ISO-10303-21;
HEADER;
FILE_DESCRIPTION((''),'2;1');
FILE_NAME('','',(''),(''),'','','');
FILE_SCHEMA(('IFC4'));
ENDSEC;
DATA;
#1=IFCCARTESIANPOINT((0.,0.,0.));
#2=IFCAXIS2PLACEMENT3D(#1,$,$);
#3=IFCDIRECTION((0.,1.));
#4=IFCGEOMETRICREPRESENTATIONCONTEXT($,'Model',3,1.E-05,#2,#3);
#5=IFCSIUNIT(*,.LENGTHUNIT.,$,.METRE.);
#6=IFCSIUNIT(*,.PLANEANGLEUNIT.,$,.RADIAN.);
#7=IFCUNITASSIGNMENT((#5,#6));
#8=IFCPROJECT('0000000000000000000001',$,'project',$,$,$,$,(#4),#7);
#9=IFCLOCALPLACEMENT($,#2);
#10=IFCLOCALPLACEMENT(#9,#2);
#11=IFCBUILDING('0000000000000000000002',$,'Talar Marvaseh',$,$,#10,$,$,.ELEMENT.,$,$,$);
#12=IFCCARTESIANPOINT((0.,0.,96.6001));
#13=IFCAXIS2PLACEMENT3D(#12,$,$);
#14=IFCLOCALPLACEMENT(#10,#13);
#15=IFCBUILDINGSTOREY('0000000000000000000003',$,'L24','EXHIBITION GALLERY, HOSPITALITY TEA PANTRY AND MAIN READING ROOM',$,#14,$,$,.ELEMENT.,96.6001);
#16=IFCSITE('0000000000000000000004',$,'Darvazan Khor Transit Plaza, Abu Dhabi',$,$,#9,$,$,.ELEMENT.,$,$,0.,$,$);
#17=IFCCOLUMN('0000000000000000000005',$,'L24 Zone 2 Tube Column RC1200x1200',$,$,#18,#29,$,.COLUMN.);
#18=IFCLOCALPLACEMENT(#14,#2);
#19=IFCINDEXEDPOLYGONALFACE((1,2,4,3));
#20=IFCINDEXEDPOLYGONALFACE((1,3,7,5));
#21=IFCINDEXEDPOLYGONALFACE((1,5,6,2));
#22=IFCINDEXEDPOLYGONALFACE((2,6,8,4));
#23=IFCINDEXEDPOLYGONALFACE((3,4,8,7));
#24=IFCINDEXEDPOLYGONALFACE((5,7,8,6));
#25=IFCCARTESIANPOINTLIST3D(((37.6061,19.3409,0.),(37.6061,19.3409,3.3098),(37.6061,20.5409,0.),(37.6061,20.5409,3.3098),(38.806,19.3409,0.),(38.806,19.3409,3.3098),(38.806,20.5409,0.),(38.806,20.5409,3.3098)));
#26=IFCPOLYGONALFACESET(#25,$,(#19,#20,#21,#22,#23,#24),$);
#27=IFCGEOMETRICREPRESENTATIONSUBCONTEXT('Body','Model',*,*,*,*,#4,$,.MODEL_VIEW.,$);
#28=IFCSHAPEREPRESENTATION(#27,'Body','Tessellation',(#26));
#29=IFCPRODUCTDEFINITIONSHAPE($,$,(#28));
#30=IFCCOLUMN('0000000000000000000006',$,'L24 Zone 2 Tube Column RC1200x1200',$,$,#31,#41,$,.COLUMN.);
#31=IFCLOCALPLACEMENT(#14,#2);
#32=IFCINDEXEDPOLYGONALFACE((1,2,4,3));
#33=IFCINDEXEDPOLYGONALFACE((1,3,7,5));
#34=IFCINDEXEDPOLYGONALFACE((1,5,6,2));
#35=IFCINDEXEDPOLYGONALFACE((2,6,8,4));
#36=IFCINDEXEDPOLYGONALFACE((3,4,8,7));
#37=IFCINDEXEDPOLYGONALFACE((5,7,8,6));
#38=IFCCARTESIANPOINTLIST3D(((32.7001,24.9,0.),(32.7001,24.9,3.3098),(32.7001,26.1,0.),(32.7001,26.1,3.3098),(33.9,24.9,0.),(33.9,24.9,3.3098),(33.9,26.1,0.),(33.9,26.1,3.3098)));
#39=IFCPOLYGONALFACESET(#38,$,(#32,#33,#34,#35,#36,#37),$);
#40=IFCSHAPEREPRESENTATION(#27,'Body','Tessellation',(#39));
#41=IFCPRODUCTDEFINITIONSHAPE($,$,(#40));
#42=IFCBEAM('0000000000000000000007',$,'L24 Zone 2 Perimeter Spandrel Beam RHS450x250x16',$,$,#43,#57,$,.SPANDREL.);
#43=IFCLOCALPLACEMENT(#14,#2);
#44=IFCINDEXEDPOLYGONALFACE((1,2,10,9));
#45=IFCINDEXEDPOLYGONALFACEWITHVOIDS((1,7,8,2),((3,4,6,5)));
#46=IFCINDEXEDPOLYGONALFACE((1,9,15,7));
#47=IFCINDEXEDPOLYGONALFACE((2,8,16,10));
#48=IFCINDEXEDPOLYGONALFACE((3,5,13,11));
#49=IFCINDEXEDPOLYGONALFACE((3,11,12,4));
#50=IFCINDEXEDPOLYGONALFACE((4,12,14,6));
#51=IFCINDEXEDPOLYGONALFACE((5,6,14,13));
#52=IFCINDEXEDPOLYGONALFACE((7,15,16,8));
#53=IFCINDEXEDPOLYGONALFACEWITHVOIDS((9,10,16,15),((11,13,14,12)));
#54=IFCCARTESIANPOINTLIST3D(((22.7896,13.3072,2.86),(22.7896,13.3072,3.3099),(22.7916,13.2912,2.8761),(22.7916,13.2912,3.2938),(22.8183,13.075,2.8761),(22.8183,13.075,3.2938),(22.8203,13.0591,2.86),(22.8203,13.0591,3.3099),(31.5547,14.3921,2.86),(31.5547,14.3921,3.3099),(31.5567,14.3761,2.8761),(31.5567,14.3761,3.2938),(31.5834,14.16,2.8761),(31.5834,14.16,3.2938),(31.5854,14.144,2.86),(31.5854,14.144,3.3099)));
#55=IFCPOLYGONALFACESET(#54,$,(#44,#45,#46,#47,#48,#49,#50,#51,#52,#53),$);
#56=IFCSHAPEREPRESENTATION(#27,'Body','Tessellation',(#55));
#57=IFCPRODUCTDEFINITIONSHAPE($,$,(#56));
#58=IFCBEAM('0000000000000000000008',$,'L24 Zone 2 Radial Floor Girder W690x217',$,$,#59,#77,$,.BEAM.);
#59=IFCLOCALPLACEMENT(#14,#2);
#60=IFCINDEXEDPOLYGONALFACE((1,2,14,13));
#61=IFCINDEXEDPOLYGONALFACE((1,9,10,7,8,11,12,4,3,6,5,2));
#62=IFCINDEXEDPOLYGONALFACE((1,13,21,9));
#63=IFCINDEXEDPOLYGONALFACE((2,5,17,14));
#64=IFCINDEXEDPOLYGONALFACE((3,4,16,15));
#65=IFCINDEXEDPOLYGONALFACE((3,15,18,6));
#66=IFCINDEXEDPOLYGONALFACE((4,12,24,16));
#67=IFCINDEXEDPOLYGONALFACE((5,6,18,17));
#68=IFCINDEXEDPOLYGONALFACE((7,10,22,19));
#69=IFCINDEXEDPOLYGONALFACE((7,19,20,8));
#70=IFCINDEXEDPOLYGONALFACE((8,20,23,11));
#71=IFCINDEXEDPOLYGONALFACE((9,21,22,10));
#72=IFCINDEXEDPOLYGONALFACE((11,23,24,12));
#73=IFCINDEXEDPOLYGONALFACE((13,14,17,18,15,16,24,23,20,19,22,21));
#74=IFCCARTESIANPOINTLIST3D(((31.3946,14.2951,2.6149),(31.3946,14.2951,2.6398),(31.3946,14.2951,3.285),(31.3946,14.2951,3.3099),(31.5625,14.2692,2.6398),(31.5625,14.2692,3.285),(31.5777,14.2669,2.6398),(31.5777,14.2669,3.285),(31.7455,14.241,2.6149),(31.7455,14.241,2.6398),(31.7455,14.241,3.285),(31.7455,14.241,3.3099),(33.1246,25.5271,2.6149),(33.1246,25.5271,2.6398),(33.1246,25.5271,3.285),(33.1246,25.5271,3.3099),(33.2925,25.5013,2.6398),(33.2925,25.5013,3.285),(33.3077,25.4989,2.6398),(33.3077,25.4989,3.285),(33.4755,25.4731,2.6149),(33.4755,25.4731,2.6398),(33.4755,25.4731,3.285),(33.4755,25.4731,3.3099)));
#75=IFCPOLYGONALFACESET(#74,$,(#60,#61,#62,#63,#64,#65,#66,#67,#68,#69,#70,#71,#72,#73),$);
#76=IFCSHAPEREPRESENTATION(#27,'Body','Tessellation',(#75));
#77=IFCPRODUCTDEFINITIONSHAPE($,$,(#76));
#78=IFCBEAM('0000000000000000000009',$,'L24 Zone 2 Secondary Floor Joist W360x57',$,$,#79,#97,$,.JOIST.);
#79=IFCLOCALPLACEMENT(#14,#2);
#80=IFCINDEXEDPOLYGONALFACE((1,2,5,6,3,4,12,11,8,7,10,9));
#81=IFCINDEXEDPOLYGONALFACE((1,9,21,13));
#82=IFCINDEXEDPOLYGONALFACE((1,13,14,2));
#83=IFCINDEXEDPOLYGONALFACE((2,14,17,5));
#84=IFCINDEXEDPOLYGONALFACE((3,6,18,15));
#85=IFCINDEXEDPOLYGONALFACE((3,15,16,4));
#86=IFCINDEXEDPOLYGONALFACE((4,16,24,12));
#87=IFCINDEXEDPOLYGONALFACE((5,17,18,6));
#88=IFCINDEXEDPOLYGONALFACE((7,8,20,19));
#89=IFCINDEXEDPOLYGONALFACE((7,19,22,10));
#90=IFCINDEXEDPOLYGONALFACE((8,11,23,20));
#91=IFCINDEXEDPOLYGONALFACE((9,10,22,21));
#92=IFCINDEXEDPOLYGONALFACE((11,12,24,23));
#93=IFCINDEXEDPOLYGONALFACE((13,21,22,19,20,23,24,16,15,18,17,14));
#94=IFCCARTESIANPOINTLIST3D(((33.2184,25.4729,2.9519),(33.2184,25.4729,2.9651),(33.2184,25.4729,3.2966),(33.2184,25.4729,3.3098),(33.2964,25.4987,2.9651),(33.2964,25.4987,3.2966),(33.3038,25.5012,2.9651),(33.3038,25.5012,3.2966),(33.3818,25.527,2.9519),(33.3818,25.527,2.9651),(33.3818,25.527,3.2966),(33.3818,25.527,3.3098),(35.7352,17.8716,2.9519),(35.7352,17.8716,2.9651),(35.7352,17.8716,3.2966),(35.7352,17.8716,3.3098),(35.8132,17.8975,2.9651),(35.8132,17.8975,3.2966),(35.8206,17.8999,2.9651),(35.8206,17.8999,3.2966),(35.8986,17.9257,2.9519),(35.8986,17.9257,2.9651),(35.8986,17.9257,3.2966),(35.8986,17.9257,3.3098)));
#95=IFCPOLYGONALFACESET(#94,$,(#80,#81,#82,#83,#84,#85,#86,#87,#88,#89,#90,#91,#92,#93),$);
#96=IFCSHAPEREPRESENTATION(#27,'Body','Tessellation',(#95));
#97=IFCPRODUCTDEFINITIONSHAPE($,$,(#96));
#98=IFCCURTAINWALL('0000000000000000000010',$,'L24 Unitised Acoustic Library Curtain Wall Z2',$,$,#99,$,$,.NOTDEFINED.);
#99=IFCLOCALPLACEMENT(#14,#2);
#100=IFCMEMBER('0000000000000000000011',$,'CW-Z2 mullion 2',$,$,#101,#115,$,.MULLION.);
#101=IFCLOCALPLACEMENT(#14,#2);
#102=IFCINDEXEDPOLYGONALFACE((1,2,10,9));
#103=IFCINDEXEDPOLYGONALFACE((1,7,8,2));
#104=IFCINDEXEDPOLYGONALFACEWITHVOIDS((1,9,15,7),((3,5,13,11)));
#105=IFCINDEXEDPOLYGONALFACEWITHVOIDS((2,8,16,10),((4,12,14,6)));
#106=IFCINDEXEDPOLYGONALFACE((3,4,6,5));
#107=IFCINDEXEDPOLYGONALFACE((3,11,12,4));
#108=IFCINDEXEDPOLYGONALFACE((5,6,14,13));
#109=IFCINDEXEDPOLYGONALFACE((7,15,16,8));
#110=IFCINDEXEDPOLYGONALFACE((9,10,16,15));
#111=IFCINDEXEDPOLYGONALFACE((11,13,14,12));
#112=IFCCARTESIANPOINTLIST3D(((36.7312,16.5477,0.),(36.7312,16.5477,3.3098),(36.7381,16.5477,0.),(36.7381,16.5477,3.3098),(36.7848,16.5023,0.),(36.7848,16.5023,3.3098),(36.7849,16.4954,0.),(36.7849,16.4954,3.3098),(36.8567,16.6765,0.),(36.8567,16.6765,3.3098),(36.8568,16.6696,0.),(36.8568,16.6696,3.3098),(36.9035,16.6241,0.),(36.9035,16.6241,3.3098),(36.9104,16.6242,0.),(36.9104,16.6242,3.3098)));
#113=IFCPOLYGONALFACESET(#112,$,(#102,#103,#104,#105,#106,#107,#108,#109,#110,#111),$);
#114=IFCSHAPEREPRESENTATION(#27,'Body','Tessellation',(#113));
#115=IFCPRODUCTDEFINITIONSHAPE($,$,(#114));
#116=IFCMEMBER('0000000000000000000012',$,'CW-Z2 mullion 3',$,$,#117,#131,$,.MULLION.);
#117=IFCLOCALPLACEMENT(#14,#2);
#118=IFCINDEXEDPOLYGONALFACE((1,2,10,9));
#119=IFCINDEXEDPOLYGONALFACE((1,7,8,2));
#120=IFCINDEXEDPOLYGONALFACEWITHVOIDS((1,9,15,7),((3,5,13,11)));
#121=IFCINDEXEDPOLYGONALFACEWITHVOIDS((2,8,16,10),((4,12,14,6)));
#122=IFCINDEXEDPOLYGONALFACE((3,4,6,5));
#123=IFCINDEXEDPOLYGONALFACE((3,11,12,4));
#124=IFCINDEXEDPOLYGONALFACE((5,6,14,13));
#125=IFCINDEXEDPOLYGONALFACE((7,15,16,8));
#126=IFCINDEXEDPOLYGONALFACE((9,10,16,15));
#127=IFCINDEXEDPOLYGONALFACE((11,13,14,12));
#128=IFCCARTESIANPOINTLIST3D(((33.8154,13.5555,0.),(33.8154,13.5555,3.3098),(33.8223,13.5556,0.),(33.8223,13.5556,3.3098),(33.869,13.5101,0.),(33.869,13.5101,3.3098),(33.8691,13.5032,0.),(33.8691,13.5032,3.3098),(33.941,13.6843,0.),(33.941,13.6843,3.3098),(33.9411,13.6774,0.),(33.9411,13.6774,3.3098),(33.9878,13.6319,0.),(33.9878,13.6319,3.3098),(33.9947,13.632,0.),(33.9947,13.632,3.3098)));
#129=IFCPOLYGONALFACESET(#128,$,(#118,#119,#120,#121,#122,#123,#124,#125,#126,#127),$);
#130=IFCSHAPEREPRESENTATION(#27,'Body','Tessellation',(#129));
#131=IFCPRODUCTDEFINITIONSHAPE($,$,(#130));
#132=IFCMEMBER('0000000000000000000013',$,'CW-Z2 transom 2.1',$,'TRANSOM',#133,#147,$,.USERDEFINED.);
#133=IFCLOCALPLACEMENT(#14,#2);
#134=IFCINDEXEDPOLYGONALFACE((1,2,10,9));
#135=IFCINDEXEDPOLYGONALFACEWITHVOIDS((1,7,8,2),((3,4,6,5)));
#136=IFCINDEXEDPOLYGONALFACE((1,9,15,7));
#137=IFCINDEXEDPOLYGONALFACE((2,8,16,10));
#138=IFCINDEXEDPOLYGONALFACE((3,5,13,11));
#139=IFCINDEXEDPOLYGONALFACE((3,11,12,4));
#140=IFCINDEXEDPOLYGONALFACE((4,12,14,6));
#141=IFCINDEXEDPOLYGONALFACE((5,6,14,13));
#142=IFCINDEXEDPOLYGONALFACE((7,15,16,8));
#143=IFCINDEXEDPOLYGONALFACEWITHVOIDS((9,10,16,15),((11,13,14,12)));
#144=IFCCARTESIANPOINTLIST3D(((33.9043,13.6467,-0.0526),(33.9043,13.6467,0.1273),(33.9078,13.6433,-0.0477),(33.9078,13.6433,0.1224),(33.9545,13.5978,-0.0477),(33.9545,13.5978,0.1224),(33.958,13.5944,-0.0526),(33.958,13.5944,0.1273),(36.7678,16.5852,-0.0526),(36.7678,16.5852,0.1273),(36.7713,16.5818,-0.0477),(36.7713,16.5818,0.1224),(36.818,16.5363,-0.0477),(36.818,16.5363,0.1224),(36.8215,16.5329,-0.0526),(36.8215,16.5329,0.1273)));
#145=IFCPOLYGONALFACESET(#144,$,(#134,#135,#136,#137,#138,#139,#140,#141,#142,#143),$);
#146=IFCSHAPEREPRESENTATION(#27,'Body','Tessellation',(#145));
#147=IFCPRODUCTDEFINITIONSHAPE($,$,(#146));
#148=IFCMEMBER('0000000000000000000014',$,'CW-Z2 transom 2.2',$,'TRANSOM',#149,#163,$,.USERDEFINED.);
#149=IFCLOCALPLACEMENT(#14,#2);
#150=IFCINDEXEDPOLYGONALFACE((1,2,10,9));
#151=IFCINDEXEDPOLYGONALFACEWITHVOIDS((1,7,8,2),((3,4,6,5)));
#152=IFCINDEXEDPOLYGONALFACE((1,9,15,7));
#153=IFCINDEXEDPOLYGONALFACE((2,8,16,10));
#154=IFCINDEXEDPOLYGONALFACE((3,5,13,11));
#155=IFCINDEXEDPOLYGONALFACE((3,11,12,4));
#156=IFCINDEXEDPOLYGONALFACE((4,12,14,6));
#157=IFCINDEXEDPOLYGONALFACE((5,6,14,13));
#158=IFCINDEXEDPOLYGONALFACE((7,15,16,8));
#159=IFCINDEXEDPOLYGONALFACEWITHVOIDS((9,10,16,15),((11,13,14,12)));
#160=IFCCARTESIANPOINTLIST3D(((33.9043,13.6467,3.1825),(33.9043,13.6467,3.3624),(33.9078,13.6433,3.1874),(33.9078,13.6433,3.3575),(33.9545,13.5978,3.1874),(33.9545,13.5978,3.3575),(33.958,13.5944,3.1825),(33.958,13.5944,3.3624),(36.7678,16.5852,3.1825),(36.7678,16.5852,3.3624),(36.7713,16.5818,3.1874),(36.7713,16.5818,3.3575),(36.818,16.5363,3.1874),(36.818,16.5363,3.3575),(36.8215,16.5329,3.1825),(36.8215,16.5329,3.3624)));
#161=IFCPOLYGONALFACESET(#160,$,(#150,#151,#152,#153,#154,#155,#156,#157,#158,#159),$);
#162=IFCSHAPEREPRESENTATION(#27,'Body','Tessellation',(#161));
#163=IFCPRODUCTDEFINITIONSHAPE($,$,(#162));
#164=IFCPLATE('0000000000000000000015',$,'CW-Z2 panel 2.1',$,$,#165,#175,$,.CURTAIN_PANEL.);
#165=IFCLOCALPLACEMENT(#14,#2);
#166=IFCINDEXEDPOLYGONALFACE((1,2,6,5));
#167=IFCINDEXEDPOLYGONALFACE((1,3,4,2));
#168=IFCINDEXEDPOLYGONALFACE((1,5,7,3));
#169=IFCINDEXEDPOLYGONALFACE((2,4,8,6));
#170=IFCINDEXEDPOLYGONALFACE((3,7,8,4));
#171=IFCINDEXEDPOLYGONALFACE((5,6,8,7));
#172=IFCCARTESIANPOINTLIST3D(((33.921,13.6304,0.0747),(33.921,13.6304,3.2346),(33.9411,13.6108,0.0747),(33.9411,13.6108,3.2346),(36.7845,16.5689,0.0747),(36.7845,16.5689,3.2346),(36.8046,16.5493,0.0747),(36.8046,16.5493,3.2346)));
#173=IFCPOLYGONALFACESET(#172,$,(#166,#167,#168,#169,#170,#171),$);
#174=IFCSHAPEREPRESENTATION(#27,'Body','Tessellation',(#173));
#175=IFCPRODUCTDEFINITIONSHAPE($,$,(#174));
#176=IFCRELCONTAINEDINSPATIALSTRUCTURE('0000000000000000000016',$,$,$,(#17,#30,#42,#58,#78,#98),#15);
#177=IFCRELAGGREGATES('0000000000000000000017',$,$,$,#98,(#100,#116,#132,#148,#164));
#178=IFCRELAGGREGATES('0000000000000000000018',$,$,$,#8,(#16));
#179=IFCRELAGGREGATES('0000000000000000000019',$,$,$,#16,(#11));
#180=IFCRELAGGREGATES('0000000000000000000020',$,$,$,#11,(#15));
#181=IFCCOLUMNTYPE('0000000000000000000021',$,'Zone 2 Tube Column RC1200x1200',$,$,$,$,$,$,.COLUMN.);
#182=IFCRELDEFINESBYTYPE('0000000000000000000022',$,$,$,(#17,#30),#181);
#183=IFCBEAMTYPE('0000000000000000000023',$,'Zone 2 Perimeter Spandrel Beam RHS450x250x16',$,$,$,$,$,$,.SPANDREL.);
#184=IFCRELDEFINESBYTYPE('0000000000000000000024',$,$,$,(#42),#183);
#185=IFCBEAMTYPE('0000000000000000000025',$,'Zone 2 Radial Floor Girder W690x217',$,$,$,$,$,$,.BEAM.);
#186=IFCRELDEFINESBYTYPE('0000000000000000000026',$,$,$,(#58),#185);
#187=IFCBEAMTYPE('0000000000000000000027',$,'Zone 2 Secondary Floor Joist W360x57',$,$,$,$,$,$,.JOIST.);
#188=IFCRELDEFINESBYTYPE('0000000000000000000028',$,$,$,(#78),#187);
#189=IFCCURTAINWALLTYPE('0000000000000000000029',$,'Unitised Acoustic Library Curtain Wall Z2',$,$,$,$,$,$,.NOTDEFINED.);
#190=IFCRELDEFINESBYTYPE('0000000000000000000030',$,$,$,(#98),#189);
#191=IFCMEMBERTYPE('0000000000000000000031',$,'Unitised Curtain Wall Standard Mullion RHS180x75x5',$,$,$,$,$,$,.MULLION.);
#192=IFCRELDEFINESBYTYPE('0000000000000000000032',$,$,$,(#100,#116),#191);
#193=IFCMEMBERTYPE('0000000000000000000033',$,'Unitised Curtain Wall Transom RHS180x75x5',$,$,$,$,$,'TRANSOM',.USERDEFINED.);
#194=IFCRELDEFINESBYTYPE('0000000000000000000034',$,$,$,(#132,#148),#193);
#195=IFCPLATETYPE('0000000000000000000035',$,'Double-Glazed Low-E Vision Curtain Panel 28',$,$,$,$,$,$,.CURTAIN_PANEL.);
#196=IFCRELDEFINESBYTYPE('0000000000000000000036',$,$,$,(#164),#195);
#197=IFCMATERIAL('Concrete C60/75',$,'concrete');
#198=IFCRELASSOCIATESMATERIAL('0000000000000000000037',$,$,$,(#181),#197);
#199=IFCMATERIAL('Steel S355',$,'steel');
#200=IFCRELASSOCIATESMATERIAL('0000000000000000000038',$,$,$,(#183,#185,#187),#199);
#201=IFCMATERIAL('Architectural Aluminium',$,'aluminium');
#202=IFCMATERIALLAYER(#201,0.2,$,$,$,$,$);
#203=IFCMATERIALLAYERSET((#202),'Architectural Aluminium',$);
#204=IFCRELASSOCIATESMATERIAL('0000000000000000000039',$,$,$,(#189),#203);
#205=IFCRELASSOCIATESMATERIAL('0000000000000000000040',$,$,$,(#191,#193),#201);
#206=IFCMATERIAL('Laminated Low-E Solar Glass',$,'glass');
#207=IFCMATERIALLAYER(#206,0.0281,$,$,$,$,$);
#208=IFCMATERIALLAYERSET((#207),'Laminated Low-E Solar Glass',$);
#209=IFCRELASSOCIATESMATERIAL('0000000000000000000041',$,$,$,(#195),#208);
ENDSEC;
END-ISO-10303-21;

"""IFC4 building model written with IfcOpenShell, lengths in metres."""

from ifc_helpers import new_model, si_unit, direction, frame, origin, origin_2d, place, context, subcontext, project, spatial, rectangle, hollow_rectangle, i_section, extrude, source, transform, mapped, material, layer, layer_set, material_profile, profile_set, type_object, type_shapes, element, aggregate, save


model = new_model("IFC4")

# Units and contexts
model_context = context("Model", 3, precision=1e-05, world=origin(), true_north=direction((0.0, 1.0)))
body_context = subcontext(model_context, "Body", "Model", "MODEL_VIEW")
ifc_project = project(units=[si_unit("LENGTHUNIT", "METRE"), si_unit("PLANEANGLEUNIT", "RADIAN")], contexts=[model_context])

# Site, building, storey
site_placement = place(None, origin())
site = spatial("IfcSite", under=ifc_project, at=site_placement, Name="Darvazan Khor Transit Plaza, Abu Dhabi", CompositionType="ELEMENT", RefElevation=0.0)
building_placement = place(site_placement, origin())
building = spatial("IfcBuilding", under=site, at=building_placement, Name="Talar Marvaseh", CompositionType="ELEMENT")
storey_placement = place(building_placement, frame((0.0, 0.0, 96.6001)))
storey = spatial("IfcBuildingStorey", under=building, at=storey_placement, Name="L24", Description="EXHIBITION GALLERY, HOSPITALITY TEA PANTRY AND MAIN READING ROOM", CompositionType="ELEMENT", Elevation=96.6001)

# Columns
ifc_material_1 = material(Name="Concrete C60/75", Category="concrete")
ifc_material_profile_1 = material_profile(ifc_material_1, rectangle(XDim=1.2, YDim=1.2, at=origin_2d()), Name="RC1200x1200")
ifc_profile_set_1 = profile_set([ifc_material_profile_1], Name="Concrete C60/75")
column_type = type_object("IfcColumnType", Name="Zone 2 Tube Column RC1200x1200", PredefinedType="COLUMN", material=ifc_profile_set_1)
for number, where, z_axis, x_axis, name in (
    (1, (38.2061, 19.9409, 0.0), (0.0, 0.0, 1.0), (1.0, 0.0, 0.0), "L24 Zone 2 Tube Column RC1200x1200"),
    (2, (33.3, 25.5, 0.0), (0.0, 0.0, 1.0), (1.0, 0.0, 0.0), "L24 Zone 2 Tube Column RC1200x1200"),
):
    element("IfcColumn", number, at=place(storey_placement, frame(where, z_axis=z_axis, x_axis=x_axis)), inside=storey, type_object=column_type, Name=name, PredefinedType="COLUMN", context=body_context, shape_type="SweptSolid", body=[
        extrude(rectangle(XDim=1.2, YDim=1.2, at=origin_2d()), origin(), (0.0, 0.0, 1.0), 3.3098),
    ])

# Beams
ifc_material_2 = material(Name="Steel S355", Category="steel")
ifc_material_profile_2 = material_profile(ifc_material_2, hollow_rectangle(XDim=0.25, YDim=0.45, WallThickness=0.0161, at=origin_2d()), Name="RHS450x250x16")
ifc_profile_set_2 = profile_set([ifc_material_profile_2], Name="Steel S355")
beam_type_1 = type_object("IfcBeamType", Name="Zone 2 Perimeter Spandrel Beam RHS450x250x16", PredefinedType="SPANDREL", material=ifc_profile_set_2)
beam_1_placement = place(storey_placement, frame((31.5701, 14.2681, 3.085), z_axis=(-0.992426, -0.122844, 0.0), x_axis=(0.122844, -0.992426, 0.0)))
element("IfcBeam", 3, at=beam_1_placement, inside=storey, type_object=beam_type_1, Name="L24 Zone 2 Perimeter Spandrel Beam RHS450x250x16", PredefinedType="SPANDREL", context=body_context, shape_type="SweptSolid", body=[
    extrude(hollow_rectangle(XDim=0.25, YDim=0.45, WallThickness=0.0161, at=origin_2d()), origin(), (0.0, 0.0, 1.0), 8.832),
])
ifc_material_profile_3 = material_profile(ifc_material_2, i_section(OverallWidth=0.355, OverallDepth=0.6951, WebThickness=0.0154, FlangeThickness=0.0249, at=origin_2d()), Name="W690x217")
ifc_profile_set_3 = profile_set([ifc_material_profile_3], Name="Steel S355")
beam_type_2 = type_object("IfcBeamType", Name="Zone 2 Radial Floor Girder W690x217", PredefinedType="BEAM", material=ifc_profile_set_3)
beam_2_placement = place(storey_placement, frame((31.5701, 14.2681, 2.9624), z_axis=(0.152228, 0.988345, 0.0), x_axis=(-0.988345, 0.152228, 0.0)))
element("IfcBeam", 4, at=beam_2_placement, inside=storey, type_object=beam_type_2, Name="L24 Zone 2 Radial Floor Girder W690x217", PredefinedType="BEAM", context=body_context, shape_type="SweptSolid", body=[
    extrude(i_section(OverallWidth=0.355, OverallDepth=0.6951, WebThickness=0.0154, FlangeThickness=0.0249, at=origin_2d()), origin(), (0.0, 0.0, 1.0), 11.3645),
])
ifc_material_profile_4 = material_profile(ifc_material_2, i_section(OverallWidth=0.1721, OverallDepth=0.3579, WebThickness=0.0078, FlangeThickness=0.0132, at=origin_2d()), Name="W360x57")
ifc_profile_set_4 = profile_set([ifc_material_profile_4], Name="Steel S355")
beam_type_3 = type_object("IfcBeamType", Name="Zone 2 Secondary Floor Joist W360x57", PredefinedType="JOIST", material=ifc_profile_set_4)
beam_3_placement = place(storey_placement, frame((35.8169, 17.8987, 3.1309), z_axis=(-0.314325, 0.949316, 0.0), x_axis=(-0.949316, -0.314325, 0.0)))
element("IfcBeam", 5, at=beam_3_placement, inside=storey, type_object=beam_type_3, Name="L24 Zone 2 Secondary Floor Joist W360x57", PredefinedType="JOIST", context=body_context, shape_type="SweptSolid", body=[
    extrude(i_section(OverallWidth=0.1721, OverallDepth=0.3579, WebThickness=0.0078, FlangeThickness=0.0132, at=origin_2d()), origin(), (0.0, 0.0, 1.0), 8.0071),
])

# Curtain wall, members, plate
ifc_material_3 = material(Name="Architectural Aluminium", Category="aluminium")
ifc_layer_1 = layer(ifc_material_3, 0.2)
ifc_layer_set_1 = layer_set([ifc_layer_1], Name="Architectural Aluminium")
curtain_wall_type = type_object("IfcCurtainWallType", Name="Unitised Acoustic Library Curtain Wall Z2", PredefinedType="NOTDEFINED", material=ifc_layer_set_1)
curtain_wall_placement = place(storey_placement, origin())
curtain_wall = element("IfcCurtainWall", 6, at=curtain_wall_placement, inside=storey, type_object=curtain_wall_type, Name="L24 Unitised Acoustic Library Curtain Wall Z2", PredefinedType="NOTDEFINED")
ifc_material_profile_5 = material_profile(ifc_material_3, hollow_rectangle(XDim=0.075, YDim=0.1799, WallThickness=0.0049, at=origin_2d()), Name="RHS180x75x5")
ifc_profile_set_5 = profile_set([ifc_material_profile_5], Name="Architectural Aluminium")
member_type_1 = type_object("IfcMemberType", Name="Unitised Curtain Wall Standard Mullion RHS180x75x5", PredefinedType="MULLION", material=ifc_profile_set_5)
shared_shape_1 = source(origin(), body_context, "Body", "SweptSolid", [
    extrude(hollow_rectangle(XDim=0.075, YDim=0.1799, WallThickness=0.0049, at=origin_2d()), origin(), (0.0, 0.0, 1.0), 3.3098),
])
type_shapes(member_type_1, [shared_shape_1])
member_1_placement = place(storey_placement, frame((36.8208, 16.5859, 0.0), z_axis=(0.0, 0.0, 1.0), x_axis=(0.716198, -0.697897, 0.0)))
member_1 = element("IfcMember", 7, at=member_1_placement, type_object=member_type_1, Name="CW-Z2 mullion 2", PredefinedType="MULLION", context=body_context, shape_type="MappedRepresentation", body=[
    mapped(shared_shape_1, transform((0.0, 0.0, 0.0), x_axis=(1.0, 0.0, 0.0), y_axis=(0.0, 1.0, 0.0), z_axis=(0.0, 0.0, 1.0), scale=1.0)),
])
member_2_placement = place(storey_placement, frame((33.905, 13.5938, 0.0), z_axis=(0.0, 0.0, 1.0), x_axis=(0.716198, -0.697897, 0.0)))
member_2 = element("IfcMember", 8, at=member_2_placement, type_object=member_type_1, Name="CW-Z2 mullion 3", PredefinedType="MULLION", context=body_context, shape_type="MappedRepresentation", body=[
    mapped(shared_shape_1, transform((0.0, 0.0, 0.0), x_axis=(1.0, 0.0, 0.0), y_axis=(0.0, 1.0, 0.0), z_axis=(0.0, 0.0, 1.0), scale=1.0)),
])
ifc_material_profile_6 = material_profile(ifc_material_3, hollow_rectangle(XDim=0.075, YDim=0.1799, WallThickness=0.0049, at=origin_2d()), Name="RHS180x75x5")
ifc_profile_set_6 = profile_set([ifc_material_profile_6], Name="Architectural Aluminium")
member_type_2 = type_object("IfcMemberType", Name="Unitised Curtain Wall Transom RHS180x75x5", ElementType="TRANSOM", PredefinedType="USERDEFINED", material=ifc_profile_set_6)
shared_shape_2 = source(origin(), body_context, "Body", "SweptSolid", [
    extrude(hollow_rectangle(XDim=0.075, YDim=0.1799, WallThickness=0.0049, at=origin_2d()), origin(), (0.0, 0.0, 1.0), 4.103),
])
type_shapes(member_type_2, [shared_shape_2])
member_3_placement = place(storey_placement, frame((36.7947, 16.5591, 0.0374), z_axis=(-0.697914, -0.716182, 0.0), x_axis=(0.716182, -0.697914, 0.0)))
member_3 = element("IfcMember", 9, at=member_3_placement, type_object=member_type_2, Name="CW-Z2 transom 2.1", ObjectType="TRANSOM", PredefinedType="USERDEFINED", context=body_context, shape_type="MappedRepresentation", body=[
    mapped(shared_shape_2, transform((0.0, 0.0, 0.0), x_axis=(1.0, 0.0, 0.0), y_axis=(0.0, 1.0, 0.0), z_axis=(0.0, 0.0, 1.0), scale=1.0)),
])
member_4_placement = place(storey_placement, frame((36.7947, 16.5591, 3.2725), z_axis=(-0.697914, -0.716182, 0.0), x_axis=(0.716182, -0.697914, 0.0)))
member_4 = element("IfcMember", 10, at=member_4_placement, type_object=member_type_2, Name="CW-Z2 transom 2.2", ObjectType="TRANSOM", PredefinedType="USERDEFINED", context=body_context, shape_type="MappedRepresentation", body=[
    mapped(shared_shape_2, transform((0.0, 0.0, 0.0), x_axis=(1.0, 0.0, 0.0), y_axis=(0.0, 1.0, 0.0), z_axis=(0.0, 0.0, 1.0), scale=1.0)),
])
ifc_material_4 = material(Name="Laminated Low-E Solar Glass", Category="glass")
ifc_layer_2 = layer(ifc_material_4, 0.0281)
ifc_layer_set_2 = layer_set([ifc_layer_2], Name="Laminated Low-E Solar Glass")
plate_type = type_object("IfcPlateType", Name="Double-Glazed Low-E Vision Curtain Panel 28", PredefinedType="CURTAIN_PANEL", material=ifc_layer_set_2)
shared_shape_3 = source(origin(), body_context, "Body", "SweptSolid", [
    extrude(rectangle(XDim=4.103, YDim=0.0281, at=origin_2d()), origin(), (0.0, 0.0, 1.0), 3.1599),
])
type_shapes(plate_type, [shared_shape_3])
plate_placement = place(storey_placement, frame((35.3628, 15.0898, 0.0747), z_axis=(0.0, 0.0, 1.0), x_axis=(-0.697897, -0.716198, 0.0)))
plate = element("IfcPlate", 11, at=plate_placement, type_object=plate_type, Name="CW-Z2 panel 2.1", PredefinedType="CURTAIN_PANEL", context=body_context, shape_type="MappedRepresentation", body=[
    mapped(shared_shape_3, transform((0.0, 0.0, 0.0), x_axis=(1.0, 0.0, 0.0), y_axis=(0.0, 1.0, 0.0), z_axis=(0.0, 0.0, 1.0), scale=1.0)),
])
aggregate(curtain_wall, [member_1, member_2, member_3, member_4, plate])

save(model, "model.ifc")
